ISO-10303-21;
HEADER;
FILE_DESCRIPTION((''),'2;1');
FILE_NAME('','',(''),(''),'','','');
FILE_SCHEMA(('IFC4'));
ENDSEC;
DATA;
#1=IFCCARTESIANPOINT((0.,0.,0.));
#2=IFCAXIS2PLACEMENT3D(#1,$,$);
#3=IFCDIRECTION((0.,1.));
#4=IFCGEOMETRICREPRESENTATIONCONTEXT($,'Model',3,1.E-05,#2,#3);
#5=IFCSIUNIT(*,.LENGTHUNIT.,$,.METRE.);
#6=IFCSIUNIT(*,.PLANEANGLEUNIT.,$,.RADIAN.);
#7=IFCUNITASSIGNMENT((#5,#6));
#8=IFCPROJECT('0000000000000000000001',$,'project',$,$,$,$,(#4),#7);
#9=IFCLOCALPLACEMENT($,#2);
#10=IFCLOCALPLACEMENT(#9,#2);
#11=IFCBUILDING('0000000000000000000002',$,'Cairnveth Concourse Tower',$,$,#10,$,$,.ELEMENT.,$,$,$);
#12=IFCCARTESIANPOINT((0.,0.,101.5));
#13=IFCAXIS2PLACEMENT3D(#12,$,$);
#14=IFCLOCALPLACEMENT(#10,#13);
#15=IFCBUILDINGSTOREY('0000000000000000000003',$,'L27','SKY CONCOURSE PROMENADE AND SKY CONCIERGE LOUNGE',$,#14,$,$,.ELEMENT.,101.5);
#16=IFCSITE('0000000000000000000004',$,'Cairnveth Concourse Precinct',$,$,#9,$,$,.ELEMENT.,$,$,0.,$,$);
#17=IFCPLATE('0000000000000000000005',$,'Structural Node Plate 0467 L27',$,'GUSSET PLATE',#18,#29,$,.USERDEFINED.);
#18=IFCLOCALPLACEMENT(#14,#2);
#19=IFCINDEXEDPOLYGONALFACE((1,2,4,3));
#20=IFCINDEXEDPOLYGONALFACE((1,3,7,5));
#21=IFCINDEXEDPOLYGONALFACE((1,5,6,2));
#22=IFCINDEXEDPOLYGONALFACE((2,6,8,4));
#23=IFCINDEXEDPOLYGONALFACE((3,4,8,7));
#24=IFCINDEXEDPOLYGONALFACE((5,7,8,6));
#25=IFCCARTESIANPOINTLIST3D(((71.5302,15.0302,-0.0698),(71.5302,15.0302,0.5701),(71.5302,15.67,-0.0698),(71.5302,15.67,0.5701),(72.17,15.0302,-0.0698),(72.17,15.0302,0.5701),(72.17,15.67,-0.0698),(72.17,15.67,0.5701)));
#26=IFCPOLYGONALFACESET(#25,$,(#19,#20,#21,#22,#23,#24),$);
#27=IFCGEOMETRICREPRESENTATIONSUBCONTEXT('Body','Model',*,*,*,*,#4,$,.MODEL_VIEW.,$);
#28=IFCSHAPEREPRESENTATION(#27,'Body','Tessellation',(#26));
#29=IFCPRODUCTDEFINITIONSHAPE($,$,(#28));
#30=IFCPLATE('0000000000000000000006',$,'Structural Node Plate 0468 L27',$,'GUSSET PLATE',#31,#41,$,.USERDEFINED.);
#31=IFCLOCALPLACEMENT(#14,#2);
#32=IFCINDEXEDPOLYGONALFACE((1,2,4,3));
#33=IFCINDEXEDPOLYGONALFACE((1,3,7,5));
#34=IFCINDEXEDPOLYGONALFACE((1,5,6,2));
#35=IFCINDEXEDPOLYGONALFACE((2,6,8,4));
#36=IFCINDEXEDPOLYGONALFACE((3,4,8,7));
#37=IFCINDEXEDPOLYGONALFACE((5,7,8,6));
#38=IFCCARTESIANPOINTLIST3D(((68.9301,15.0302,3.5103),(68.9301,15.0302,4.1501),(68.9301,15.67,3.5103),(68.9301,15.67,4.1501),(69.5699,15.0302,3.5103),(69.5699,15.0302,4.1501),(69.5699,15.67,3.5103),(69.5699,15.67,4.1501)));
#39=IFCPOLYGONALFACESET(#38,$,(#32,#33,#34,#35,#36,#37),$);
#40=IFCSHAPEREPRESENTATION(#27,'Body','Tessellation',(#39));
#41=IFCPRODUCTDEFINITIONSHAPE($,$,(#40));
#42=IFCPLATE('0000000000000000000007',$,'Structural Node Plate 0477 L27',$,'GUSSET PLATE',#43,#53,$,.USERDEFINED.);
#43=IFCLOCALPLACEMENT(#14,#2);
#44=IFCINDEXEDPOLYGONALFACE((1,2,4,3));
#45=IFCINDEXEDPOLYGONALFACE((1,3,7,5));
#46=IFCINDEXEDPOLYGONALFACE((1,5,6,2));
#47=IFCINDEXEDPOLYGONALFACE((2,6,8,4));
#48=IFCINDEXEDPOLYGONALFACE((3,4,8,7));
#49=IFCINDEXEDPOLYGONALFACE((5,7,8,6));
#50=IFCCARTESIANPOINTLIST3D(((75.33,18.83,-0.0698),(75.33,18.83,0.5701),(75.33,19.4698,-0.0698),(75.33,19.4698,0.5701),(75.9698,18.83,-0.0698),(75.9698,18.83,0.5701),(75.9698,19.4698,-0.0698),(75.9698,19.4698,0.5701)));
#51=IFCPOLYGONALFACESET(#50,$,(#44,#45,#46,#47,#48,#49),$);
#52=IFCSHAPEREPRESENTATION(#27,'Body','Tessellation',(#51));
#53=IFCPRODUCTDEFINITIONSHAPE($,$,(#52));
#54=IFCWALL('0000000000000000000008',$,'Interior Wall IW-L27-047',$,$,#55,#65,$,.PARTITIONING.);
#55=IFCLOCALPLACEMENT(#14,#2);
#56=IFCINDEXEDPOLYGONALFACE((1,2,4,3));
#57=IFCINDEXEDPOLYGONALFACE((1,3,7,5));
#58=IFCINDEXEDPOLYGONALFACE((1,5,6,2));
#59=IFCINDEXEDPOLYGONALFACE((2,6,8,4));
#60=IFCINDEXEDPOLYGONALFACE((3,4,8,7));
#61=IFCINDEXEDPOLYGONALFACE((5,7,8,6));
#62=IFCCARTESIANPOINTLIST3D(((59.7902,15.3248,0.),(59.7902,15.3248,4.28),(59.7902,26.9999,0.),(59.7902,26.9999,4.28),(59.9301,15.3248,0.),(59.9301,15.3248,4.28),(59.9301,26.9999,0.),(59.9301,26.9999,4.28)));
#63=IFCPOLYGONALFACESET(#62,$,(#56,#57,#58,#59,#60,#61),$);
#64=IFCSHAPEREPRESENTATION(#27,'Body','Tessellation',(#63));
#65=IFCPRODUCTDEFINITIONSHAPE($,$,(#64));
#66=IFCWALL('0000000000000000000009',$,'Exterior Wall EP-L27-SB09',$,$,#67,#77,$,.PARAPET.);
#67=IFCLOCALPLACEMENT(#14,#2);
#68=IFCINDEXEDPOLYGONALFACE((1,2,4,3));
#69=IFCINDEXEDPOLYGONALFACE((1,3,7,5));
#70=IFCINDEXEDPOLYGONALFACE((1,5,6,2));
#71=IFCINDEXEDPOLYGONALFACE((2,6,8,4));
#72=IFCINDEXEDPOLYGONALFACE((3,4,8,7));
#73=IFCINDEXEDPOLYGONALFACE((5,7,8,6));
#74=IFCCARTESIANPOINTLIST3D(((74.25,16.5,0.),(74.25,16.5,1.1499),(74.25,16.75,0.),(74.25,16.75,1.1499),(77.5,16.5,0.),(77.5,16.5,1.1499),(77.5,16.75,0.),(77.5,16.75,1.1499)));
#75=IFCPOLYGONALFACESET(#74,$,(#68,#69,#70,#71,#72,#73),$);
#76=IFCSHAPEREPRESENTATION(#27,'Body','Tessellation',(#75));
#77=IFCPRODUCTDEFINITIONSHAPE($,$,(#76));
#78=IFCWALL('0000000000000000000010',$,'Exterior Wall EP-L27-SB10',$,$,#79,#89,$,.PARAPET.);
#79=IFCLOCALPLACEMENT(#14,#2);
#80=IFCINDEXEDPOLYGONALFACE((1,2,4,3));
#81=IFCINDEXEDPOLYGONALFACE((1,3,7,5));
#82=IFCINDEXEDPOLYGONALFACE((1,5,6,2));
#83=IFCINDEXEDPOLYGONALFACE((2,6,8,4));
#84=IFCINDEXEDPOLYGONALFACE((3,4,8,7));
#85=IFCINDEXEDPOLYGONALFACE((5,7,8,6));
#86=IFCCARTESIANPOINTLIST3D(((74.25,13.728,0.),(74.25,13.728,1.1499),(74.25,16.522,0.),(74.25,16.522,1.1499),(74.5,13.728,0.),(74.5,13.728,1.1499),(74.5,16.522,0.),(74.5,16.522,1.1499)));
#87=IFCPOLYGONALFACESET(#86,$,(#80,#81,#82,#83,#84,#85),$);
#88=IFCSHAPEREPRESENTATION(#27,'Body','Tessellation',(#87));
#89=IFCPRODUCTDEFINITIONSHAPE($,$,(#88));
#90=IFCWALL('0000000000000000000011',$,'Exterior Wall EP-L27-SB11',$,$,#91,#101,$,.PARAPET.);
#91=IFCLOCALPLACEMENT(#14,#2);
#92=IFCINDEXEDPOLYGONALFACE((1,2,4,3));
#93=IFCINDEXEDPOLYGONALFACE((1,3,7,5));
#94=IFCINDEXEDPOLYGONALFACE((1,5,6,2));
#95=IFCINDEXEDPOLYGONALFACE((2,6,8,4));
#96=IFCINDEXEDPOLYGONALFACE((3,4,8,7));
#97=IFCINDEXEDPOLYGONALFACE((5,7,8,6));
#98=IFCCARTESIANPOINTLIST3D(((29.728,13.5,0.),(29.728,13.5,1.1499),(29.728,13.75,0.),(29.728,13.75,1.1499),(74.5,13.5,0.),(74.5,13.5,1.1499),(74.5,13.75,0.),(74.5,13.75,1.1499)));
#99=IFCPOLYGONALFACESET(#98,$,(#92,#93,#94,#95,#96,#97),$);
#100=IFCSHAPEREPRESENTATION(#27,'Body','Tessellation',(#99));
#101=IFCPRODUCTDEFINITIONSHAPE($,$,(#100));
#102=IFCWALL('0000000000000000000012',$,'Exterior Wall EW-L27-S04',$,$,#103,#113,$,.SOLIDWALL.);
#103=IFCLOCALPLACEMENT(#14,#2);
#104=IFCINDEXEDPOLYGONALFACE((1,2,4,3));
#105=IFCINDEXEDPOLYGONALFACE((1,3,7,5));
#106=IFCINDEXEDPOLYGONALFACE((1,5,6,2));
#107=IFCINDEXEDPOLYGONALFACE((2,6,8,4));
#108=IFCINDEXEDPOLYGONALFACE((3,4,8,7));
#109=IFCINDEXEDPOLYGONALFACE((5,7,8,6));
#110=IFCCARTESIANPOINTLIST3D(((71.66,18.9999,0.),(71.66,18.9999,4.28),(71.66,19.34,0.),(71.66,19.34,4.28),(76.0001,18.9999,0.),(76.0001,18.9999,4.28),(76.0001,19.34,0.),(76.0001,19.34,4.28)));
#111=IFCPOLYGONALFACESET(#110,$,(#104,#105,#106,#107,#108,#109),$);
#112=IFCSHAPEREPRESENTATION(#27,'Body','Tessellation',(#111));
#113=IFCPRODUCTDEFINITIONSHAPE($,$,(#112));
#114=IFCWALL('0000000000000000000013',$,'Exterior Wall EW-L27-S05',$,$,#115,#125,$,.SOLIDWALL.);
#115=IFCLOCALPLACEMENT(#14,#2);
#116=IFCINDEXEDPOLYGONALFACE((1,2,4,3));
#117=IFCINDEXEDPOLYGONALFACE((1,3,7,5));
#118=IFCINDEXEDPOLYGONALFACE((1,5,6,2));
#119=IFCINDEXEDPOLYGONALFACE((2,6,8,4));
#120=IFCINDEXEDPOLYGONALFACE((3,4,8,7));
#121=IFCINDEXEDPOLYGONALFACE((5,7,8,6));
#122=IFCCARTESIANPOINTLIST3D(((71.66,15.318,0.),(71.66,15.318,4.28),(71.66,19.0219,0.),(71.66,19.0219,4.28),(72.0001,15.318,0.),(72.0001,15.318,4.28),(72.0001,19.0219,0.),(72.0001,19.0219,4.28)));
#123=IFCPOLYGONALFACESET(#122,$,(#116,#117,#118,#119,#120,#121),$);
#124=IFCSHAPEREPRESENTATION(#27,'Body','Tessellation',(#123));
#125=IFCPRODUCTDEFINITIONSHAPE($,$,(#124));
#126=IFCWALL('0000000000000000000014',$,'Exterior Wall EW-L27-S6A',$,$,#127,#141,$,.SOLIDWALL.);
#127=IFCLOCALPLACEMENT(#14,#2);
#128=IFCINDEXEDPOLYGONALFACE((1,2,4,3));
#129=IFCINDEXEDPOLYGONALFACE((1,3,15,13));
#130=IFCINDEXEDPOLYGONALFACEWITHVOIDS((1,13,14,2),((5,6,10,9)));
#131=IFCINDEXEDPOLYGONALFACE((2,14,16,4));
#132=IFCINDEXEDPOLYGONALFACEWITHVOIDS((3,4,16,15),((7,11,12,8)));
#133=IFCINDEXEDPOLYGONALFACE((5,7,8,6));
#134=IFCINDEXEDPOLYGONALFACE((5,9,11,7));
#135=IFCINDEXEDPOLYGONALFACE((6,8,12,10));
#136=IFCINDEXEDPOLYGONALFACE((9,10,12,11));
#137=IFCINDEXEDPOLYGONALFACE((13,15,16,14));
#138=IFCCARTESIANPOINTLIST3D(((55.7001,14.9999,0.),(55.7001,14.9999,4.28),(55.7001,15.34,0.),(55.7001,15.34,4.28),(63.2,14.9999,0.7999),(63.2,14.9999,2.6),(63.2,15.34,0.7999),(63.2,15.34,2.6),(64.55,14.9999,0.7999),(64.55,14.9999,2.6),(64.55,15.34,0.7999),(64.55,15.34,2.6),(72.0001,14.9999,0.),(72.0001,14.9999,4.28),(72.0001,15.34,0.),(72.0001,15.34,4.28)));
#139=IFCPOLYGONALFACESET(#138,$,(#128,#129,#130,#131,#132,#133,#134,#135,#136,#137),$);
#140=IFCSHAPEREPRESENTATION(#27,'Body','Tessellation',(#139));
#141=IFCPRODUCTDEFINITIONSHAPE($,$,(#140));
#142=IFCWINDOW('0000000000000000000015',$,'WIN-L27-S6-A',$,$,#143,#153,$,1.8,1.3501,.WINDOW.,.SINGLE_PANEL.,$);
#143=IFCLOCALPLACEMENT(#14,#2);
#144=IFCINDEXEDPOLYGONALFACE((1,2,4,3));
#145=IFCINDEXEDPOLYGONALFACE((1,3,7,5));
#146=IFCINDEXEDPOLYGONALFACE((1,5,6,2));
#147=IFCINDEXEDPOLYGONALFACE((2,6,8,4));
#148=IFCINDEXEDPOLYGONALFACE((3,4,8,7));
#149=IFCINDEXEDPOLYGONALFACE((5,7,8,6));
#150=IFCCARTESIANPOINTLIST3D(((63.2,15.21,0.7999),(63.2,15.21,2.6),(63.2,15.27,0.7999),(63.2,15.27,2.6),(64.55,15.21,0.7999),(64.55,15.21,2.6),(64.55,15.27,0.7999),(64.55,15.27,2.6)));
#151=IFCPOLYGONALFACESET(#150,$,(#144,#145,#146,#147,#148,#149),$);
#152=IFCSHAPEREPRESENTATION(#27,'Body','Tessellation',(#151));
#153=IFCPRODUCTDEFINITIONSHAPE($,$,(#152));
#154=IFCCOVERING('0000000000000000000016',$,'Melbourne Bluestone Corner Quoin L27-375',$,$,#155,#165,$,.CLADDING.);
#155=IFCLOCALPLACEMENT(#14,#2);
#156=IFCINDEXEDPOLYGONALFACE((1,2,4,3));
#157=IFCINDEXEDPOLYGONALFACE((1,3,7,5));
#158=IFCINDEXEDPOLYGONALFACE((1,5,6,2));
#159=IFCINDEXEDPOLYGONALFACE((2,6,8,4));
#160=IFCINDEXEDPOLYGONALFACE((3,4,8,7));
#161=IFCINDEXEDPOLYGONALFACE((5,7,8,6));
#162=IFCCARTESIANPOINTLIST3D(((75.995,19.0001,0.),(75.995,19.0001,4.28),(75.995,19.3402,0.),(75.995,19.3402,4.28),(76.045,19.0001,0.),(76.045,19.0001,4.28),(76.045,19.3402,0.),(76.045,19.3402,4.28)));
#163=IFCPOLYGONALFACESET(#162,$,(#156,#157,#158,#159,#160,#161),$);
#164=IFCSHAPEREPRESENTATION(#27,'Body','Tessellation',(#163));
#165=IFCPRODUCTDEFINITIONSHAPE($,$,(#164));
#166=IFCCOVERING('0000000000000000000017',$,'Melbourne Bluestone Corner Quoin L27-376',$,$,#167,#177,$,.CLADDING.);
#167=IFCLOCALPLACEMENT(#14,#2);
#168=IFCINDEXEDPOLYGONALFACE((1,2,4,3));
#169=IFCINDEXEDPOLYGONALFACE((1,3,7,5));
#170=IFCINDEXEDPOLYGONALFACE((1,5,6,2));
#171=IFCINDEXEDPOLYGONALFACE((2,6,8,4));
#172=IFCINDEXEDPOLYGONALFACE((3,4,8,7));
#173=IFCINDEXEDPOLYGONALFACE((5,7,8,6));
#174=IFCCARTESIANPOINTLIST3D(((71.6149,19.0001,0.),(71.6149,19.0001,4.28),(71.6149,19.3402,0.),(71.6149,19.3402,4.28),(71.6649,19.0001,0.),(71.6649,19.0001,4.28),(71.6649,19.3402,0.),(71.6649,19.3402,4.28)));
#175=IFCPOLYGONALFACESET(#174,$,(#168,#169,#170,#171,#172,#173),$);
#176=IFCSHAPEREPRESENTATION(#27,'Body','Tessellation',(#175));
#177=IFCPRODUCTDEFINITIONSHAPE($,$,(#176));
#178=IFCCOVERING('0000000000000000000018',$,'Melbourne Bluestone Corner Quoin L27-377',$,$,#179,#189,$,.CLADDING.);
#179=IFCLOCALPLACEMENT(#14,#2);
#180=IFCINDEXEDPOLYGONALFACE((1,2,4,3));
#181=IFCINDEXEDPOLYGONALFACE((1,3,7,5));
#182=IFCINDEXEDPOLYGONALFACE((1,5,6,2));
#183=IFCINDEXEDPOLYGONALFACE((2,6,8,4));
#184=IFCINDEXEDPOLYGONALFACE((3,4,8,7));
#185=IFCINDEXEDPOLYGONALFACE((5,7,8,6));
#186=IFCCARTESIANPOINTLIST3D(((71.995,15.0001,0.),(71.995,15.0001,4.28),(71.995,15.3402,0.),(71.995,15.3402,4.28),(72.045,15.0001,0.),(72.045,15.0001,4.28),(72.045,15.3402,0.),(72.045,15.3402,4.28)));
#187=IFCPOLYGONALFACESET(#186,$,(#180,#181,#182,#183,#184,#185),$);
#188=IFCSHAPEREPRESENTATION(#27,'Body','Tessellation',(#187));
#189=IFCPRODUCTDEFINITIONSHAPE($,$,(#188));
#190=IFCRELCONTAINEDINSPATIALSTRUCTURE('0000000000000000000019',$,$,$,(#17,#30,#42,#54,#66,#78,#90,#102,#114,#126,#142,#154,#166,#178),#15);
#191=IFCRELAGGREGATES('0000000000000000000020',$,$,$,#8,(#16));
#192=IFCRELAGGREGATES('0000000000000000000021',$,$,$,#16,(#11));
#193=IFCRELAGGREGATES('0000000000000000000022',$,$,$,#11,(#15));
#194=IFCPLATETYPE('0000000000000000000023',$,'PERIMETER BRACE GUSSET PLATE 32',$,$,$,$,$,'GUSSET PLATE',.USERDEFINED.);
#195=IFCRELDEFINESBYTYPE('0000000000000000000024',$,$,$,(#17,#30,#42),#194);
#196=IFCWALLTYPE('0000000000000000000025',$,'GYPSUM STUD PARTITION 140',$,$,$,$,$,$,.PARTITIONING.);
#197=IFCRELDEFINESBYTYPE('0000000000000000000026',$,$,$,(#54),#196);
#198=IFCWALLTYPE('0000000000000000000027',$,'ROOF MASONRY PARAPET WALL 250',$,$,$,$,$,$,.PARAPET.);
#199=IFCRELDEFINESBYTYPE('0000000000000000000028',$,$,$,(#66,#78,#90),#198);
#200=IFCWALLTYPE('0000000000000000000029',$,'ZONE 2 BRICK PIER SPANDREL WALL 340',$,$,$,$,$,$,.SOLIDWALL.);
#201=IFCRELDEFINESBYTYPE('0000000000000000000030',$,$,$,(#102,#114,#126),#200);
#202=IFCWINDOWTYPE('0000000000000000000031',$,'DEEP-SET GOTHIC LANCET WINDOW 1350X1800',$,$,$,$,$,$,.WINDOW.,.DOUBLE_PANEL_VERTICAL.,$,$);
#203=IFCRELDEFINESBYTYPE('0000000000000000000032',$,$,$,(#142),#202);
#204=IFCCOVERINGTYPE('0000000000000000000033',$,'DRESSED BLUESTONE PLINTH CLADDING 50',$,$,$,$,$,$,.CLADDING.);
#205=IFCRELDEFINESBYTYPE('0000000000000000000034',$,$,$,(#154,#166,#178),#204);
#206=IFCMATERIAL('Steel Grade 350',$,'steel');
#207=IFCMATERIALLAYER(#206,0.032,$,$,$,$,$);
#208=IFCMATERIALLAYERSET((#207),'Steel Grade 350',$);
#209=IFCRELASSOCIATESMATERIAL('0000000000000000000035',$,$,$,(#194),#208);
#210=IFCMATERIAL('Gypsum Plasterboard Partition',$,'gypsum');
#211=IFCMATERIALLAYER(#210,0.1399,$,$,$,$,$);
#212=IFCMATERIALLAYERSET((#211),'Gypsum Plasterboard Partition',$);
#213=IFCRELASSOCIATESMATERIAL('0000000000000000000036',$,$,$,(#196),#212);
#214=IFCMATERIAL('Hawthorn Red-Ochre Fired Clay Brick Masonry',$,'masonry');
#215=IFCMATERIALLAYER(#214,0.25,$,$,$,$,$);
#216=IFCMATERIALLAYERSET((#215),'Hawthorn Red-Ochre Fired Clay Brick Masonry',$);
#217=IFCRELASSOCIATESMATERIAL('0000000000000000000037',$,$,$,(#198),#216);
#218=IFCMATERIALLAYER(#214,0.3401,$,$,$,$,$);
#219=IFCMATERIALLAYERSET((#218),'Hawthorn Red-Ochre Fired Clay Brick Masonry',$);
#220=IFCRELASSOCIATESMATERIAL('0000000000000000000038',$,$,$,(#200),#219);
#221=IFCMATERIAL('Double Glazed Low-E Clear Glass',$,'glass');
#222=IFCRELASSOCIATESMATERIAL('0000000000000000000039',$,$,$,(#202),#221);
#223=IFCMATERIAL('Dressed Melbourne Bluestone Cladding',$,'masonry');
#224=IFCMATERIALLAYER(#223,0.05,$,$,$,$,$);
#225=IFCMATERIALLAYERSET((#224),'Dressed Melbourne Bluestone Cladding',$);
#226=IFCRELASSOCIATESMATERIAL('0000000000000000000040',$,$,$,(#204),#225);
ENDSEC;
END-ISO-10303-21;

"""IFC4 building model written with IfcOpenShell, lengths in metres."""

from ifc_helpers import new_model, si_unit, direction, frame, frame_2d, origin, origin_2d, place, context, subcontext, project, spatial, rectangle, extrude, material, layer, layer_set, type_object, element, fill, save


model = new_model("IFC4")

# Units and contexts
model_context = context("Model", 3, precision=1e-05, world=origin(), true_north=direction((0.0, 1.0)))
body_context = subcontext(model_context, "Body", "Model", "MODEL_VIEW")
ifc_project = project(units=[si_unit("LENGTHUNIT", "METRE"), si_unit("PLANEANGLEUNIT", "RADIAN")], contexts=[model_context])

# Site, building, storey
site_placement = place(None, origin())
site = spatial("IfcSite", under=ifc_project, at=site_placement, Name="Cairnveth Concourse Precinct", CompositionType="ELEMENT", RefElevation=0.0)
building_placement = place(site_placement, origin())
building = spatial("IfcBuilding", under=site, at=building_placement, Name="Cairnveth Concourse Tower", CompositionType="ELEMENT")
storey_placement = place(building_placement, frame((0.0, 0.0, 101.5)))
storey = spatial("IfcBuildingStorey", under=building, at=storey_placement, Name="L27", Description="SKY CONCOURSE PROMENADE AND SKY CONCIERGE LOUNGE", CompositionType="ELEMENT", Elevation=101.5)

# Shared definitions
ifc_material_1 = material(Name="Steel Grade 350", Category="steel")

# Plates
ifc_layer_1 = layer(ifc_material_1, 0.032)
ifc_layer_set_1 = layer_set([ifc_layer_1], Name="Steel Grade 350")
plate_type = type_object("IfcPlateType", Name="PERIMETER BRACE GUSSET PLATE 32", ElementType="GUSSET PLATE", PredefinedType="USERDEFINED", material=ifc_layer_set_1)
for number, where, z_axis, x_axis, name in (
    (1, (71.8501, 15.3501, -0.0698), (0.0, 0.0, 1.0), (1.0, 0.0, 0.0), "Structural Node Plate 0467 L27"),
    (2, (69.25, 15.3501, 3.5103), (0.0, 0.0, 1.0), (1.0, 0.0, 0.0), "Structural Node Plate 0468 L27"),
    (3, (75.6499, 19.1499, -0.0698), (0.0, 0.0, 1.0), (1.0, 0.0, 0.0), "Structural Node Plate 0477 L27"),
):
    element("IfcPlate", number, at=place(storey_placement, frame(where, z_axis=z_axis, x_axis=x_axis)), inside=storey, type_object=plate_type, Name=name, ObjectType="GUSSET PLATE", PredefinedType="USERDEFINED", context=body_context, shape_type="SweptSolid", body=[
        extrude(rectangle(XDim=0.6399, YDim=0.6399, at=origin_2d()), origin(), (0.0, 0.0, 1.0), 0.6399),
    ])

# Walls
ifc_material_2 = material(Name="Gypsum Plasterboard Partition", Category="gypsum")
ifc_layer_2 = layer(ifc_material_2, 0.1399)
ifc_layer_set_2 = layer_set([ifc_layer_2], Name="Gypsum Plasterboard Partition")
wall_type_1 = type_object("IfcWallType", Name="GYPSUM STUD PARTITION 140", PredefinedType="PARTITIONING", material=ifc_layer_set_2)
wall_1_placement = place(storey_placement, frame((59.8601, 15.325, 0.0), z_axis=(0.0, 0.0, 1.0), x_axis=(0.0, 1.0, 0.0)))
element("IfcWall", 4, at=wall_1_placement, inside=storey, type_object=wall_type_1, Name="Interior Wall IW-L27-047", PredefinedType="PARTITIONING", context=body_context, shape_type="SweptSolid", body=[
    extrude(rectangle(XDim=11.675, YDim=0.1399, at=frame_2d((5.8374, 0.0))), origin(), (0.0, 0.0, 1.0), 4.28),
])
ifc_material_3 = material(Name="Hawthorn Red-Ochre Fired Clay Brick Masonry", Category="masonry")
ifc_layer_3 = layer(ifc_material_3, 0.25)
ifc_layer_set_3 = layer_set([ifc_layer_3], Name="Hawthorn Red-Ochre Fired Clay Brick Masonry")
wall_type_2 = type_object("IfcWallType", Name="ROOF MASONRY PARAPET WALL 250", PredefinedType="PARAPET", material=ifc_layer_set_3)
wall_2_placement = place(storey_placement, frame((77.5, 16.625, 0.0), z_axis=(0.0, 0.0, 1.0), x_axis=(-1.0, 0.0, 0.0)))
element("IfcWall", 5, at=wall_2_placement, inside=storey, type_object=wall_type_2, Name="Exterior Wall EP-L27-SB09", PredefinedType="PARAPET", context=body_context, shape_type="SweptSolid", body=[
    extrude(rectangle(XDim=3.25, YDim=0.25, at=frame_2d((1.625, 0.0))), origin(), (0.0, 0.0, 1.0), 1.1499),
])
wall_3_placement = place(storey_placement, frame((74.375, 16.522, 0.0), z_axis=(0.0, 0.0, 1.0), x_axis=(0.0, -1.0, 0.0)))
element("IfcWall", 6, at=wall_3_placement, inside=storey, type_object=wall_type_2, Name="Exterior Wall EP-L27-SB10", PredefinedType="PARAPET", context=body_context, shape_type="SweptSolid", body=[
    extrude(rectangle(XDim=2.7939, YDim=0.25, at=frame_2d((1.397, 0.0))), origin(), (0.0, 0.0, 1.0), 1.1499),
])
wall_4_placement = place(storey_placement, frame((74.5, 13.625, 0.0), z_axis=(0.0, 0.0, 1.0), x_axis=(-1.0, 0.0, 0.0)))
element("IfcWall", 7, at=wall_4_placement, inside=storey, type_object=wall_type_2, Name="Exterior Wall EP-L27-SB11", PredefinedType="PARAPET", context=body_context, shape_type="SweptSolid", body=[
    extrude(rectangle(XDim=44.772, YDim=0.25, at=frame_2d((22.386, 0.0))), origin(), (0.0, 0.0, 1.0), 1.1499),
])
ifc_layer_4 = layer(ifc_material_3, 0.3401)
ifc_layer_set_4 = layer_set([ifc_layer_4], Name="Hawthorn Red-Ochre Fired Clay Brick Masonry")
wall_type_3 = type_object("IfcWallType", Name="ZONE 2 BRICK PIER SPANDREL WALL 340", PredefinedType="SOLIDWALL", material=ifc_layer_set_4)
wall_5_placement = place(storey_placement, frame((76.0, 19.1699, 0.0), z_axis=(0.0, 0.0, 1.0), x_axis=(-1.0, 0.0, 0.0)))
element("IfcWall", 8, at=wall_5_placement, inside=storey, type_object=wall_type_3, Name="Exterior Wall EW-L27-S04", PredefinedType="SOLIDWALL", context=body_context, shape_type="SweptSolid", body=[
    extrude(rectangle(XDim=4.3401, YDim=0.3401, at=frame_2d((2.1699, 0.0))), origin(), (0.0, 0.0, 1.0), 4.28),
])
wall_6_placement = place(storey_placement, frame((71.8301, 19.022, 0.0), z_axis=(0.0, 0.0, 1.0), x_axis=(0.0, -1.0, 0.0)))
element("IfcWall", 9, at=wall_6_placement, inside=storey, type_object=wall_type_3, Name="Exterior Wall EW-L27-S05", PredefinedType="SOLIDWALL", context=body_context, shape_type="SweptSolid", body=[
    extrude(rectangle(XDim=3.7039, YDim=0.3401, at=frame_2d((1.8521, 0.0))), origin(), (0.0, 0.0, 1.0), 4.28),
])

# Wall, opening, window
wall_7_placement = place(storey_placement, frame((72.0, 15.1699, 0.0), z_axis=(0.0, 0.0, 1.0), x_axis=(-1.0, 0.0, 0.0)))
wall_7 = element("IfcWall", 10, at=wall_7_placement, inside=storey, type_object=wall_type_3, Name="Exterior Wall EW-L27-S6A", PredefinedType="SOLIDWALL", context=body_context, shape_type="SweptSolid", body=[
    extrude(rectangle(XDim=16.3, YDim=0.3401, at=frame_2d((8.1499, 0.0))), origin(), (0.0, 0.0, 1.0), 4.28),
])
opening_placement = place(wall_7_placement, frame((7.45, 0.0, 0.8)))
opening = element("IfcOpeningElement", 11, at=opening_placement, cuts=wall_7, PredefinedType="OPENING", context=body_context, shape_type="SweptSolid", body=[
    extrude(rectangle(XDim=1.3501, YDim=1.8, at=frame_2d((0.675, 0.8999))), frame((0.0, 0.1799, 0.0), z_axis=(0.0, -1.0, 0.0), x_axis=(1.0, 0.0, 0.0)), (0.0, 0.0, 1.0), 0.3601),
])
ifc_material_4 = material(Name="Double Glazed Low-E Clear Glass", Category="glass")
window_type = type_object("IfcWindowType", Name="DEEP-SET GOTHIC LANCET WINDOW 1350X1800", PartitioningType="DOUBLE_PANEL_VERTICAL", PredefinedType="WINDOW", material=ifc_material_4)
window_placement = place(opening_placement, origin())
window = element("IfcWindow", 12, at=window_placement, inside=storey, type_object=window_type, Name="WIN-L27-S6-A", OverallHeight=1.8, OverallWidth=1.3501, PartitioningType="SINGLE_PANEL", PredefinedType="WINDOW", context=body_context, shape_type="SweptSolid", body=[
    extrude(rectangle(XDim=1.3501, YDim=1.8, at=frame_2d((0.675, 0.8999))), frame((0.0, -0.04, 0.0), z_axis=(0.0, -1.0, 0.0), x_axis=(1.0, 0.0, 0.0)), (0.0, 0.0, 1.0), 0.0601),
])
fill(opening, window)

# Coverings
ifc_material_5 = material(Name="Dressed Melbourne Bluestone Cladding", Category="masonry")
ifc_layer_5 = layer(ifc_material_5, 0.05)
ifc_layer_set_5 = layer_set([ifc_layer_5], Name="Dressed Melbourne Bluestone Cladding")
covering_type = type_object("IfcCoveringType", Name="DRESSED BLUESTONE PLINTH CLADDING 50", PredefinedType="CLADDING", material=ifc_layer_set_5)
for number, where, z_axis, x_axis, name in (
    (13, (76.02, 19.3401, 0.0), (0.0, 0.0, 1.0), (0.0, -1.0, 0.0), "Melbourne Bluestone Corner Quoin L27-375"),
    (14, (71.6399, 19.3401, 0.0), (0.0, 0.0, 1.0), (0.0, -1.0, 0.0), "Melbourne Bluestone Corner Quoin L27-376"),
    (15, (72.02, 15.3401, 0.0), (0.0, 0.0, 1.0), (0.0, -1.0, 0.0), "Melbourne Bluestone Corner Quoin L27-377"),
):
    element("IfcCovering", number, at=place(storey_placement, frame(where, z_axis=z_axis, x_axis=x_axis)), inside=storey, type_object=covering_type, Name=name, PredefinedType="CLADDING", context=body_context, shape_type="SweptSolid", body=[
        extrude(rectangle(XDim=0.3401, YDim=0.05, at=frame_2d((0.1699, 0.0))), origin(), (0.0, 0.0, 1.0), 4.28),
    ])

save(model, "model.ifc")
